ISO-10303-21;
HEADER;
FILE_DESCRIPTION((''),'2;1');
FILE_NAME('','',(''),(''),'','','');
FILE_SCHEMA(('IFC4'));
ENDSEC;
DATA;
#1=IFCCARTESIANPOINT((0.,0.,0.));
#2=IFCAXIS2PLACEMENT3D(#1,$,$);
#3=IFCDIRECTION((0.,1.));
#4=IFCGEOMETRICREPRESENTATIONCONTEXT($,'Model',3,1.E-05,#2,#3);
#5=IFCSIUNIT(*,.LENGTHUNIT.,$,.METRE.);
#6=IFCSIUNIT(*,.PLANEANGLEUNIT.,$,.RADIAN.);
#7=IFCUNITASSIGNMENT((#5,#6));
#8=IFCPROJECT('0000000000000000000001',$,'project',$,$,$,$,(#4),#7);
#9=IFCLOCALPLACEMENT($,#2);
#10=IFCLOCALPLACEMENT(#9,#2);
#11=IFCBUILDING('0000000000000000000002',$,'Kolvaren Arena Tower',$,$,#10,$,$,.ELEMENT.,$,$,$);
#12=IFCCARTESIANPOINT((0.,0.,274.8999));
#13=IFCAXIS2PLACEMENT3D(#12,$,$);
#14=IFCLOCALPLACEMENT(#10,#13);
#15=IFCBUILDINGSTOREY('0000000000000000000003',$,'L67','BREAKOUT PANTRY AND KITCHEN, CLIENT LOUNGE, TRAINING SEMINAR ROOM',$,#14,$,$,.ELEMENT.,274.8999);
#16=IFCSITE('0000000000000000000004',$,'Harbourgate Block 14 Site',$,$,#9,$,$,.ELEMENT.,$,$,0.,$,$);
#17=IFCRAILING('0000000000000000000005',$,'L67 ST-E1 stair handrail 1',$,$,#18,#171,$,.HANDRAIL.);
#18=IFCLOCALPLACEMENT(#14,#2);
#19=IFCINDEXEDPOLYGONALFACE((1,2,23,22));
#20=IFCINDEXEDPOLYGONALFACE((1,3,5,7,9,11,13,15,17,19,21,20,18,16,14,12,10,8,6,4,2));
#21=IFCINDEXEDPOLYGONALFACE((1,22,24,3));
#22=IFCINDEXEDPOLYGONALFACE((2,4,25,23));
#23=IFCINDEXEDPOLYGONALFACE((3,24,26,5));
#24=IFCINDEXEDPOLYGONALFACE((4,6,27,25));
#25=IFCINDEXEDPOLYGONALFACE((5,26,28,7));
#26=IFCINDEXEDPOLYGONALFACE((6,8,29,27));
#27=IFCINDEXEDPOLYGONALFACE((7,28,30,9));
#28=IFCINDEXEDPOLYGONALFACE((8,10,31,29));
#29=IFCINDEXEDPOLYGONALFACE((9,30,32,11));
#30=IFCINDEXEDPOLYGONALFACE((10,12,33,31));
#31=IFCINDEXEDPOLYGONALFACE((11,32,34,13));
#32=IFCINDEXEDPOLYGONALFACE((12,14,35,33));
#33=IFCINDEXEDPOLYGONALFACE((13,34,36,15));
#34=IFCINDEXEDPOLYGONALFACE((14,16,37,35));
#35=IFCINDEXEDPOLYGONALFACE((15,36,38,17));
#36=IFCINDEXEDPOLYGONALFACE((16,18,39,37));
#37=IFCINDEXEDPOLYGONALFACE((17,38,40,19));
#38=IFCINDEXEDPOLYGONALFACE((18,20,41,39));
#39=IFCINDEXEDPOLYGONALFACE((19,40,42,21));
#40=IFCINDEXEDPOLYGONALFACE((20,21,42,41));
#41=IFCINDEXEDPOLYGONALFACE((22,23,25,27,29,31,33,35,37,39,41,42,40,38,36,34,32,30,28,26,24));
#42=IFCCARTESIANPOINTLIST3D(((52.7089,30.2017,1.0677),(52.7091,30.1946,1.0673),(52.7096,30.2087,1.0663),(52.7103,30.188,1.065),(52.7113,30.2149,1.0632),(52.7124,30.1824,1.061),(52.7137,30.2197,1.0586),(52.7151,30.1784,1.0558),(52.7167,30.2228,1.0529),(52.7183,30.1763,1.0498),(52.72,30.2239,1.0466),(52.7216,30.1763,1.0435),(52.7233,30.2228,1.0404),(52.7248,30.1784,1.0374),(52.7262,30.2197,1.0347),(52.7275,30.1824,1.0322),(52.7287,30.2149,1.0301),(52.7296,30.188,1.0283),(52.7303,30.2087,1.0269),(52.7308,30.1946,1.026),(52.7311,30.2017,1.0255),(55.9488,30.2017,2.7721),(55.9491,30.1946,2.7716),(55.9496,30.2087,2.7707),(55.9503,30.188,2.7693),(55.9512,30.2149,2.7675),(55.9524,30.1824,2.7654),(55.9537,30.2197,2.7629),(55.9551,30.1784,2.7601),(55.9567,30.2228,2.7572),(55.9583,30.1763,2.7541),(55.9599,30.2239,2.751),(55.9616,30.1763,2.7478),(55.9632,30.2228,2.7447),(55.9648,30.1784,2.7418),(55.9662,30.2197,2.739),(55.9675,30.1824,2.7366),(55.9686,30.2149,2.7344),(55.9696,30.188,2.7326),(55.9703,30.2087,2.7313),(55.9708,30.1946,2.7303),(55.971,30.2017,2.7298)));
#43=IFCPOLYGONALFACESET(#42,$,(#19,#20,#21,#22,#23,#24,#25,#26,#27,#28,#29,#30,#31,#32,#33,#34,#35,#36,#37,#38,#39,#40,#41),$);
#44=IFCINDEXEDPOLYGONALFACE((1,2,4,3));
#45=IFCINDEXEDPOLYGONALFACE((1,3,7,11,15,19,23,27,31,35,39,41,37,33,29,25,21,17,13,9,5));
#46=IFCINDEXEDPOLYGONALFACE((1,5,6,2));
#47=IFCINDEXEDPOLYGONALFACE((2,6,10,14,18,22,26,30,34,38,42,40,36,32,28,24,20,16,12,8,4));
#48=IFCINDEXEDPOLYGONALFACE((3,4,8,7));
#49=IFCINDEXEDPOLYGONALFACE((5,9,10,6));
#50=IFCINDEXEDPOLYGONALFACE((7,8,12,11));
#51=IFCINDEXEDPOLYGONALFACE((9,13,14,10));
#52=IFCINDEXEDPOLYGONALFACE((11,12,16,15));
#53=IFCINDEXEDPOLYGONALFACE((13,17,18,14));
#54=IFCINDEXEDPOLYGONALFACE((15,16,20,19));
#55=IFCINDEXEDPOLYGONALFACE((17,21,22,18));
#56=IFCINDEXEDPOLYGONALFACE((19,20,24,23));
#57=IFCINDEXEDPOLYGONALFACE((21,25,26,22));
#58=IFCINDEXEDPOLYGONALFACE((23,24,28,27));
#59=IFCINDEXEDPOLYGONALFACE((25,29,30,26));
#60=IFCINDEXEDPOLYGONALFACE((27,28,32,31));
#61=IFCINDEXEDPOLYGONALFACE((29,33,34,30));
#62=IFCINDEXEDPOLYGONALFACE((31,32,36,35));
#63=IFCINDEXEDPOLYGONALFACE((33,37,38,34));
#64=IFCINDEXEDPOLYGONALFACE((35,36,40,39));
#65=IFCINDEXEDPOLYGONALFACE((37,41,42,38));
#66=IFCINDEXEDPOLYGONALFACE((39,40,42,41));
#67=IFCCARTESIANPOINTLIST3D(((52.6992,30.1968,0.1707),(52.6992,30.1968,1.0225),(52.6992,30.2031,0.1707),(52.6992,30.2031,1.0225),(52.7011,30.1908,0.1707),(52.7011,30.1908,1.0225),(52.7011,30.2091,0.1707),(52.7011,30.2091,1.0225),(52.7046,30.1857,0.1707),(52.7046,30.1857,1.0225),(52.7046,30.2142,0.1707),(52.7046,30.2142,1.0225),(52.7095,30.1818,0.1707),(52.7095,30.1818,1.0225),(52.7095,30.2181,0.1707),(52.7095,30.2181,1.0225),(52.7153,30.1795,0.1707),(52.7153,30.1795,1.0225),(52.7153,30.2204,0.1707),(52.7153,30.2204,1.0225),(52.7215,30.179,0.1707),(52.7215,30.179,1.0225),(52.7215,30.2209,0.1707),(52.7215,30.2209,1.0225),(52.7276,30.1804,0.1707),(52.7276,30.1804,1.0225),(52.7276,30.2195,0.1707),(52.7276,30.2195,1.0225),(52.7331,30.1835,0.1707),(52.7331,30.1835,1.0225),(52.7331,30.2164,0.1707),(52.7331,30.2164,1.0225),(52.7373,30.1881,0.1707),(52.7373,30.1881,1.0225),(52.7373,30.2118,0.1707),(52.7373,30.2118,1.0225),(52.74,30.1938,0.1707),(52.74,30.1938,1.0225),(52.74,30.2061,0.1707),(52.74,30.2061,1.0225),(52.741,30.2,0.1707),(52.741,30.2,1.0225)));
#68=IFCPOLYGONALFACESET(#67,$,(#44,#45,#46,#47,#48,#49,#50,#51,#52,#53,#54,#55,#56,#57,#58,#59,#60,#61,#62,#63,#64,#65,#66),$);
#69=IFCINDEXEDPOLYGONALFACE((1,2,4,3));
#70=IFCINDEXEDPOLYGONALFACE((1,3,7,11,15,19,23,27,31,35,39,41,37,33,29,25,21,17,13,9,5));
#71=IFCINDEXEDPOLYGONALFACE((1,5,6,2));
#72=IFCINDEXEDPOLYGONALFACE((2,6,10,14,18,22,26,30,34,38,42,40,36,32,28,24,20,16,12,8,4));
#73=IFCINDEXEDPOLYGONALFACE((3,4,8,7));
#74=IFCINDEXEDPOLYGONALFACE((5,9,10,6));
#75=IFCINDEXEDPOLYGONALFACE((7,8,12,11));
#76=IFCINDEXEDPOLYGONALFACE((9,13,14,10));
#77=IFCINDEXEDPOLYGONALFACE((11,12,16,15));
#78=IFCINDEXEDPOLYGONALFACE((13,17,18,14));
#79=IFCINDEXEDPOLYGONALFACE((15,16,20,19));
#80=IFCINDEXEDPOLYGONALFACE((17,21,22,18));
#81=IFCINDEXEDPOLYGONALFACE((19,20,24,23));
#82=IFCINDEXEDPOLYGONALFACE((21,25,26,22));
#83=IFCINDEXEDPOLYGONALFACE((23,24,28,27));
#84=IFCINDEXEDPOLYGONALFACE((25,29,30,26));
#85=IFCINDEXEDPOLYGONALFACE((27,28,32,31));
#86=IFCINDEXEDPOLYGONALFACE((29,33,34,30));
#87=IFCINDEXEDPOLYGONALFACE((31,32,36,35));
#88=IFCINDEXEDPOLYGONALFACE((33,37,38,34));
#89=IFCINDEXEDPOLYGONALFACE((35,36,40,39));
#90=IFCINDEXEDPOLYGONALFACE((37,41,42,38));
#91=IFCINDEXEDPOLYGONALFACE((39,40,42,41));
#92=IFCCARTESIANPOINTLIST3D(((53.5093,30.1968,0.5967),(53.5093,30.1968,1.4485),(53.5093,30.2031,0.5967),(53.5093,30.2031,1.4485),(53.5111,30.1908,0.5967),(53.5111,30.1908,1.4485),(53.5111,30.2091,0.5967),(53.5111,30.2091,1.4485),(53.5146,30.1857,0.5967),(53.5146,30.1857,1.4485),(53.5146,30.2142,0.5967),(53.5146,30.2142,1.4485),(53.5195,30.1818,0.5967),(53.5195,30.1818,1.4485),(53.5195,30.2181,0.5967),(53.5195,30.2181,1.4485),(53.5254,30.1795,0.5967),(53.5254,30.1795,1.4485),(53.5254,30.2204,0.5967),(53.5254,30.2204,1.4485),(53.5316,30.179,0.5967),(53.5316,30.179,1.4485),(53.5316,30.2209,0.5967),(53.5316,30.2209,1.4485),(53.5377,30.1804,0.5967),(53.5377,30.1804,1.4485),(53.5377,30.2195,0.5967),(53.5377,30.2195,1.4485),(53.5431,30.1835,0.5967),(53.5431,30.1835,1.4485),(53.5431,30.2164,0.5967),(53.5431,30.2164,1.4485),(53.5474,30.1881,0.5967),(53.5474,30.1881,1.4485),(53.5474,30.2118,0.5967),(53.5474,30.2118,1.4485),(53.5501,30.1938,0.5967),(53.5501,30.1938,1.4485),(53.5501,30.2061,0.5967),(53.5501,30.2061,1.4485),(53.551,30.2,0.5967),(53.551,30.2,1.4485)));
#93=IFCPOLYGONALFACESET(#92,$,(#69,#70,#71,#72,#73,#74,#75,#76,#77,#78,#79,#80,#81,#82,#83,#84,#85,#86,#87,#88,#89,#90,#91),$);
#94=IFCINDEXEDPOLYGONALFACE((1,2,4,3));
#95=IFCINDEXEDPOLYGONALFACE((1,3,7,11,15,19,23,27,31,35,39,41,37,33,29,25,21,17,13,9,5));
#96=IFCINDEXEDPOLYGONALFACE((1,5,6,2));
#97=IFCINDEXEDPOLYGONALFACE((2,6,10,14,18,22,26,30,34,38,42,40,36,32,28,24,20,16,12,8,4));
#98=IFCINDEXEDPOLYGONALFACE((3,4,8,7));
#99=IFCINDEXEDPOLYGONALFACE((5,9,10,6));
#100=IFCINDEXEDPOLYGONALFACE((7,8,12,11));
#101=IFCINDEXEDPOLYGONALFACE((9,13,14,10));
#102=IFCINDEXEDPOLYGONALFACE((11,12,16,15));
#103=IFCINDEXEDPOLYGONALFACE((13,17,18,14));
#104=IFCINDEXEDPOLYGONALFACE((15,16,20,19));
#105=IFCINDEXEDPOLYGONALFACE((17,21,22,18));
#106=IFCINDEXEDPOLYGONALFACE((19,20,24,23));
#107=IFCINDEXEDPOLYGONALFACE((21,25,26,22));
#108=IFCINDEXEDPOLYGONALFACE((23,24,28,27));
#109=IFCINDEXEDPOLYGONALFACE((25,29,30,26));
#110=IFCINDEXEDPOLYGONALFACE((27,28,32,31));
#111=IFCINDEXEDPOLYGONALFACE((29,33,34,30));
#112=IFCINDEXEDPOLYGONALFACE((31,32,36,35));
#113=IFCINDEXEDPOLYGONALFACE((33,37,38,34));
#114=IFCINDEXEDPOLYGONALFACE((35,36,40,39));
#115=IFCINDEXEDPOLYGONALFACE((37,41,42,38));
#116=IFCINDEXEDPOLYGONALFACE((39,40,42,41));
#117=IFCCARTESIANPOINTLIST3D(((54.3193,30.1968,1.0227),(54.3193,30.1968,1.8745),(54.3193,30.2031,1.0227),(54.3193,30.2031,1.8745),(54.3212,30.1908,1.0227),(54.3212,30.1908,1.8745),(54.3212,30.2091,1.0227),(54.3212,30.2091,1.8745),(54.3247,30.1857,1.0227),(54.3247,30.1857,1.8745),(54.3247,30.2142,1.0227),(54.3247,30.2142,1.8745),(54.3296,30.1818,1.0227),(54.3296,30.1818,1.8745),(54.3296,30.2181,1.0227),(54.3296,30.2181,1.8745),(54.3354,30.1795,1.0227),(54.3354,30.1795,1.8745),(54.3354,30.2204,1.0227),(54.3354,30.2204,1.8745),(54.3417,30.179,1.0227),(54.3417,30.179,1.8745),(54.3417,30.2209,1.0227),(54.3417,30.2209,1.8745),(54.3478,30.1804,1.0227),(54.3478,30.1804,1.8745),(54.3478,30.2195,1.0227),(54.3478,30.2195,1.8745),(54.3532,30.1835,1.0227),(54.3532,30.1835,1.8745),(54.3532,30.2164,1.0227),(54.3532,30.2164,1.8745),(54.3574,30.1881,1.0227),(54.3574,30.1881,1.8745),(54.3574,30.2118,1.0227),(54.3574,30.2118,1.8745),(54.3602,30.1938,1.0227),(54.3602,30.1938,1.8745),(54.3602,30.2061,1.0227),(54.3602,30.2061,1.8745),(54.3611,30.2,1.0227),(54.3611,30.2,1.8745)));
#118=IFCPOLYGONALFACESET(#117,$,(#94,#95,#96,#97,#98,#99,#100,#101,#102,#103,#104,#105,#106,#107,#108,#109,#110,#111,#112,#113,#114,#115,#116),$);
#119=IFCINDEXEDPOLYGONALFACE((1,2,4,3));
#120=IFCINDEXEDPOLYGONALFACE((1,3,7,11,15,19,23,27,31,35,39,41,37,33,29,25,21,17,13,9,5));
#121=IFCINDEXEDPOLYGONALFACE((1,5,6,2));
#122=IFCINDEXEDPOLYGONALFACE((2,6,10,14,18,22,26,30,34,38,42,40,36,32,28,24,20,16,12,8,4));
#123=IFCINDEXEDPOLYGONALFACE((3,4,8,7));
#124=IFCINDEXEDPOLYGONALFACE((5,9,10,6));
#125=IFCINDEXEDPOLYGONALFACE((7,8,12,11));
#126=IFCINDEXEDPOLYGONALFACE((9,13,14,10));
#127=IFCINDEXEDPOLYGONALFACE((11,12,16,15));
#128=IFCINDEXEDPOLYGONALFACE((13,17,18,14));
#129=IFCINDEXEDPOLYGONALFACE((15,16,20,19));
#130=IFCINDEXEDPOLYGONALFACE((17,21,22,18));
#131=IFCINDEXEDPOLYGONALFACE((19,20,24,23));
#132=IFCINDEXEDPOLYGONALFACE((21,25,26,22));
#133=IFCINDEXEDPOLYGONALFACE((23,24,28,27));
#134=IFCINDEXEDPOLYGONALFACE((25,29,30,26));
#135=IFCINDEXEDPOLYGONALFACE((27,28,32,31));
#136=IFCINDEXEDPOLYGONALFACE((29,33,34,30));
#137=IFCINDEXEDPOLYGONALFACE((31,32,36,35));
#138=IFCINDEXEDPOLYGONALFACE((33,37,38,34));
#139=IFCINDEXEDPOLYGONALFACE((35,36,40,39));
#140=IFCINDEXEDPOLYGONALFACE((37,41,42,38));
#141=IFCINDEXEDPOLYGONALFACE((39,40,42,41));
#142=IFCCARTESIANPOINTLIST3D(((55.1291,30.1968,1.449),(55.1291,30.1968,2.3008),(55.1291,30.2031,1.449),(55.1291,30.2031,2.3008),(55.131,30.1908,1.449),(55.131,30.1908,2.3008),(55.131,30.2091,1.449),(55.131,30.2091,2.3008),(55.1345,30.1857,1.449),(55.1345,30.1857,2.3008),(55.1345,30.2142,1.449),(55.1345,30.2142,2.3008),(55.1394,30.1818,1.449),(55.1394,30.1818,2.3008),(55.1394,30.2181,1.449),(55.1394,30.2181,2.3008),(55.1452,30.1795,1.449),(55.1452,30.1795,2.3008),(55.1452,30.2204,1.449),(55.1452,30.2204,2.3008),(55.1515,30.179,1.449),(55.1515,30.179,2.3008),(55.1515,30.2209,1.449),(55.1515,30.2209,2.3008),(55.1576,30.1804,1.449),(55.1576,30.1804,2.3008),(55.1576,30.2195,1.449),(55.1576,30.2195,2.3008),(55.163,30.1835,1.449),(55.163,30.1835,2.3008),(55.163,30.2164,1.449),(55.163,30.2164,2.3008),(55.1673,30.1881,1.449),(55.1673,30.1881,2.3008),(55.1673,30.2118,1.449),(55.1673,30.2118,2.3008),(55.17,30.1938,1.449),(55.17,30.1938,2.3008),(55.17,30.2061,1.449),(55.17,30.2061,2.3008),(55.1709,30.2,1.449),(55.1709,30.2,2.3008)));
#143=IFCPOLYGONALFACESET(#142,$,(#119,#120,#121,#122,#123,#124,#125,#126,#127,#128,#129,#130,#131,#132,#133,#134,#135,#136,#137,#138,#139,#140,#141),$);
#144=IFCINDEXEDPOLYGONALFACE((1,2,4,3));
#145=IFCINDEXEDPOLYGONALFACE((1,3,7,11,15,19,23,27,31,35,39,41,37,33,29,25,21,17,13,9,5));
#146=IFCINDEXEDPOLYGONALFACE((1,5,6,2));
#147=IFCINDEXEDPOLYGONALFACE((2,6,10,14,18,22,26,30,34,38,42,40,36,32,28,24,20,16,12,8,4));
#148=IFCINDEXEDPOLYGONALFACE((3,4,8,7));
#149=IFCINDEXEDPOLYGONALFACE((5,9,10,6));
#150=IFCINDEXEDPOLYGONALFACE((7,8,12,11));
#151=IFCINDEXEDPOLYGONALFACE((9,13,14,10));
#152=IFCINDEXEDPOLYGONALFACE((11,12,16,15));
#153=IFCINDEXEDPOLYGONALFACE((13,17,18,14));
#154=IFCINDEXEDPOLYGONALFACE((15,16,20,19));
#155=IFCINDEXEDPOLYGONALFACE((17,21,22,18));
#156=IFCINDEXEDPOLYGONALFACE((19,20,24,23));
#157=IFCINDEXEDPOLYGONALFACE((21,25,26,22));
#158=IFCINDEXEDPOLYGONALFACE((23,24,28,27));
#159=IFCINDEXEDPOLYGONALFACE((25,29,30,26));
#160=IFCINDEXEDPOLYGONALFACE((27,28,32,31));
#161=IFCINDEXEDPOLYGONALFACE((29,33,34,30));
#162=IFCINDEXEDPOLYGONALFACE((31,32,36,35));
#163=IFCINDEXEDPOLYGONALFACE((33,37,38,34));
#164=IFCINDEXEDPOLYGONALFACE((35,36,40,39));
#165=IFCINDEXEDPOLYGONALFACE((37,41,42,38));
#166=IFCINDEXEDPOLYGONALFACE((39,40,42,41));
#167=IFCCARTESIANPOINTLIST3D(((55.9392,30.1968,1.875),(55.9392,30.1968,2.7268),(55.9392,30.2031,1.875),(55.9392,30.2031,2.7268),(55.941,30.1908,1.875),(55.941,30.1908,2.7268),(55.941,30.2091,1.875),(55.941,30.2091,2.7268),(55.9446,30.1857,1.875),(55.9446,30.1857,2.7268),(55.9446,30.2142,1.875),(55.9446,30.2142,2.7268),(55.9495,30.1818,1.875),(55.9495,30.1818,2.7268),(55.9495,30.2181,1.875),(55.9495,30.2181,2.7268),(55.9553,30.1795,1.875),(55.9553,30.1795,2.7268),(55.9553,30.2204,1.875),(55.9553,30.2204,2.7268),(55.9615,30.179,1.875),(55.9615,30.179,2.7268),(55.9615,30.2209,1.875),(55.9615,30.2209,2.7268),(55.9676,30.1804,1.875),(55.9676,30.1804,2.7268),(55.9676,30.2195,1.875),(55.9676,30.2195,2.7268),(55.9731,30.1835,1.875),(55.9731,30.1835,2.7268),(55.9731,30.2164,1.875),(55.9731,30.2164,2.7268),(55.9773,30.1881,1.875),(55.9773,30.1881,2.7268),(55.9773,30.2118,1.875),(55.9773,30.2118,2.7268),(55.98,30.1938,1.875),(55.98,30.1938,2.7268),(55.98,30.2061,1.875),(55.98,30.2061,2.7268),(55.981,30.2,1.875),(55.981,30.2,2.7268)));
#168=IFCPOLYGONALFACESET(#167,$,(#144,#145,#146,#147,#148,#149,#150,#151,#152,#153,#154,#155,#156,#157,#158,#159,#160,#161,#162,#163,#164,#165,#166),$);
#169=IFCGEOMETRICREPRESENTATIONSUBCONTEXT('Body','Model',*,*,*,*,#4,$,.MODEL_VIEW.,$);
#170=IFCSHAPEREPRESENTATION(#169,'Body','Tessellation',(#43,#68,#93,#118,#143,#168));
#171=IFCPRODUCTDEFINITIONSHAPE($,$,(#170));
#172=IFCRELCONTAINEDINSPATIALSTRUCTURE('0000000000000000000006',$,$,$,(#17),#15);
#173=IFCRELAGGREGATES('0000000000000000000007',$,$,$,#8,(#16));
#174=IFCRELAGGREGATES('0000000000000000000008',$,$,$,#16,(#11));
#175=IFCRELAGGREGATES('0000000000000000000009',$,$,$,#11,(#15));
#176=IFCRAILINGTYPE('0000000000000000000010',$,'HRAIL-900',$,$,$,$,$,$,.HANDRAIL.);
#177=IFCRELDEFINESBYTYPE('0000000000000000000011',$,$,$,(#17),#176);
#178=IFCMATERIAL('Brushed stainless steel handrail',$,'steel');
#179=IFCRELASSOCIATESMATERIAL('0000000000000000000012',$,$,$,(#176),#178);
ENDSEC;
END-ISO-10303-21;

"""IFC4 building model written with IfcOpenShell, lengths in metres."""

from ifc_helpers import new_model, si_unit, direction, frame, origin, origin_2d, place, context, subcontext, project, spatial, circle, extrude, material, type_object, element, save


model = new_model("IFC4")

# Units and contexts
model_context = context("Model", 3, precision=1e-05, world=origin(), true_north=direction((0.0, 1.0)))
body_context = subcontext(model_context, "Body", "Model", "MODEL_VIEW")
ifc_project = project(units=[si_unit("LENGTHUNIT", "METRE"), si_unit("PLANEANGLEUNIT", "RADIAN")], contexts=[model_context])

# Site, building, storey
site_placement = place(None, origin())
site = spatial("IfcSite", under=ifc_project, at=site_placement, Name="Harbourgate Block 14 Site", CompositionType="ELEMENT", RefElevation=0.0)
building_placement = place(site_placement, origin())
building = spatial("IfcBuilding", under=site, at=building_placement, Name="Kolvaren Arena Tower", CompositionType="ELEMENT")
storey_placement = place(building_placement, frame((0.0, 0.0, 274.8999)))
storey = spatial("IfcBuildingStorey", under=building, at=storey_placement, Name="L67", Description="BREAKOUT PANTRY AND KITCHEN, CLIENT LOUNGE, TRAINING SEMINAR ROOM", CompositionType="ELEMENT", Elevation=274.8999)

# Railing
ifc_material_1 = material(Name="Brushed stainless steel handrail", Category="steel")
railing_type_1 = type_object("IfcRailingType", Name="HRAIL-900", PredefinedType="HANDRAIL", material=ifc_material_1)
railing_1_placement = place(storey_placement, frame((52.72, 30.2, 0.1707)))
element("IfcRailing", 1, at=railing_1_placement, inside=storey, type_object=railing_type_1, Name="L67 ST-E1 stair handrail 1", PredefinedType="HANDRAIL", context=body_context, shape_type="SweptSolid", body=[
    extrude(circle(Radius=0.0239, at=origin_2d()), frame((0.0, 0.0, 0.876), z_axis=(0.885021, 0.0, 0.465551), x_axis=(0.0, 1.0, 0.0)), (0.0, 0.0, 1.0), 3.6609),
    extrude(circle(Radius=0.021, at=origin_2d()), origin(), (0.0, 0.0, 1.0), 0.8518),
    extrude(circle(Radius=0.021, at=origin_2d()), frame((0.8101, 0.0, 0.426)), (0.0, 0.0, 1.0), 0.8518),
    extrude(circle(Radius=0.021, at=origin_2d()), frame((1.6201, 0.0, 0.8521)), (0.0, 0.0, 1.0), 0.8518),
    extrude(circle(Radius=0.021, at=origin_2d()), frame((2.4299, 0.0, 1.2783)), (0.0, 0.0, 1.0), 0.8518),
    extrude(circle(Radius=0.021, at=origin_2d()), frame((3.24, 0.0, 1.7043)), (0.0, 0.0, 1.0), 0.8518),
])

save(model, "model.ifc")
